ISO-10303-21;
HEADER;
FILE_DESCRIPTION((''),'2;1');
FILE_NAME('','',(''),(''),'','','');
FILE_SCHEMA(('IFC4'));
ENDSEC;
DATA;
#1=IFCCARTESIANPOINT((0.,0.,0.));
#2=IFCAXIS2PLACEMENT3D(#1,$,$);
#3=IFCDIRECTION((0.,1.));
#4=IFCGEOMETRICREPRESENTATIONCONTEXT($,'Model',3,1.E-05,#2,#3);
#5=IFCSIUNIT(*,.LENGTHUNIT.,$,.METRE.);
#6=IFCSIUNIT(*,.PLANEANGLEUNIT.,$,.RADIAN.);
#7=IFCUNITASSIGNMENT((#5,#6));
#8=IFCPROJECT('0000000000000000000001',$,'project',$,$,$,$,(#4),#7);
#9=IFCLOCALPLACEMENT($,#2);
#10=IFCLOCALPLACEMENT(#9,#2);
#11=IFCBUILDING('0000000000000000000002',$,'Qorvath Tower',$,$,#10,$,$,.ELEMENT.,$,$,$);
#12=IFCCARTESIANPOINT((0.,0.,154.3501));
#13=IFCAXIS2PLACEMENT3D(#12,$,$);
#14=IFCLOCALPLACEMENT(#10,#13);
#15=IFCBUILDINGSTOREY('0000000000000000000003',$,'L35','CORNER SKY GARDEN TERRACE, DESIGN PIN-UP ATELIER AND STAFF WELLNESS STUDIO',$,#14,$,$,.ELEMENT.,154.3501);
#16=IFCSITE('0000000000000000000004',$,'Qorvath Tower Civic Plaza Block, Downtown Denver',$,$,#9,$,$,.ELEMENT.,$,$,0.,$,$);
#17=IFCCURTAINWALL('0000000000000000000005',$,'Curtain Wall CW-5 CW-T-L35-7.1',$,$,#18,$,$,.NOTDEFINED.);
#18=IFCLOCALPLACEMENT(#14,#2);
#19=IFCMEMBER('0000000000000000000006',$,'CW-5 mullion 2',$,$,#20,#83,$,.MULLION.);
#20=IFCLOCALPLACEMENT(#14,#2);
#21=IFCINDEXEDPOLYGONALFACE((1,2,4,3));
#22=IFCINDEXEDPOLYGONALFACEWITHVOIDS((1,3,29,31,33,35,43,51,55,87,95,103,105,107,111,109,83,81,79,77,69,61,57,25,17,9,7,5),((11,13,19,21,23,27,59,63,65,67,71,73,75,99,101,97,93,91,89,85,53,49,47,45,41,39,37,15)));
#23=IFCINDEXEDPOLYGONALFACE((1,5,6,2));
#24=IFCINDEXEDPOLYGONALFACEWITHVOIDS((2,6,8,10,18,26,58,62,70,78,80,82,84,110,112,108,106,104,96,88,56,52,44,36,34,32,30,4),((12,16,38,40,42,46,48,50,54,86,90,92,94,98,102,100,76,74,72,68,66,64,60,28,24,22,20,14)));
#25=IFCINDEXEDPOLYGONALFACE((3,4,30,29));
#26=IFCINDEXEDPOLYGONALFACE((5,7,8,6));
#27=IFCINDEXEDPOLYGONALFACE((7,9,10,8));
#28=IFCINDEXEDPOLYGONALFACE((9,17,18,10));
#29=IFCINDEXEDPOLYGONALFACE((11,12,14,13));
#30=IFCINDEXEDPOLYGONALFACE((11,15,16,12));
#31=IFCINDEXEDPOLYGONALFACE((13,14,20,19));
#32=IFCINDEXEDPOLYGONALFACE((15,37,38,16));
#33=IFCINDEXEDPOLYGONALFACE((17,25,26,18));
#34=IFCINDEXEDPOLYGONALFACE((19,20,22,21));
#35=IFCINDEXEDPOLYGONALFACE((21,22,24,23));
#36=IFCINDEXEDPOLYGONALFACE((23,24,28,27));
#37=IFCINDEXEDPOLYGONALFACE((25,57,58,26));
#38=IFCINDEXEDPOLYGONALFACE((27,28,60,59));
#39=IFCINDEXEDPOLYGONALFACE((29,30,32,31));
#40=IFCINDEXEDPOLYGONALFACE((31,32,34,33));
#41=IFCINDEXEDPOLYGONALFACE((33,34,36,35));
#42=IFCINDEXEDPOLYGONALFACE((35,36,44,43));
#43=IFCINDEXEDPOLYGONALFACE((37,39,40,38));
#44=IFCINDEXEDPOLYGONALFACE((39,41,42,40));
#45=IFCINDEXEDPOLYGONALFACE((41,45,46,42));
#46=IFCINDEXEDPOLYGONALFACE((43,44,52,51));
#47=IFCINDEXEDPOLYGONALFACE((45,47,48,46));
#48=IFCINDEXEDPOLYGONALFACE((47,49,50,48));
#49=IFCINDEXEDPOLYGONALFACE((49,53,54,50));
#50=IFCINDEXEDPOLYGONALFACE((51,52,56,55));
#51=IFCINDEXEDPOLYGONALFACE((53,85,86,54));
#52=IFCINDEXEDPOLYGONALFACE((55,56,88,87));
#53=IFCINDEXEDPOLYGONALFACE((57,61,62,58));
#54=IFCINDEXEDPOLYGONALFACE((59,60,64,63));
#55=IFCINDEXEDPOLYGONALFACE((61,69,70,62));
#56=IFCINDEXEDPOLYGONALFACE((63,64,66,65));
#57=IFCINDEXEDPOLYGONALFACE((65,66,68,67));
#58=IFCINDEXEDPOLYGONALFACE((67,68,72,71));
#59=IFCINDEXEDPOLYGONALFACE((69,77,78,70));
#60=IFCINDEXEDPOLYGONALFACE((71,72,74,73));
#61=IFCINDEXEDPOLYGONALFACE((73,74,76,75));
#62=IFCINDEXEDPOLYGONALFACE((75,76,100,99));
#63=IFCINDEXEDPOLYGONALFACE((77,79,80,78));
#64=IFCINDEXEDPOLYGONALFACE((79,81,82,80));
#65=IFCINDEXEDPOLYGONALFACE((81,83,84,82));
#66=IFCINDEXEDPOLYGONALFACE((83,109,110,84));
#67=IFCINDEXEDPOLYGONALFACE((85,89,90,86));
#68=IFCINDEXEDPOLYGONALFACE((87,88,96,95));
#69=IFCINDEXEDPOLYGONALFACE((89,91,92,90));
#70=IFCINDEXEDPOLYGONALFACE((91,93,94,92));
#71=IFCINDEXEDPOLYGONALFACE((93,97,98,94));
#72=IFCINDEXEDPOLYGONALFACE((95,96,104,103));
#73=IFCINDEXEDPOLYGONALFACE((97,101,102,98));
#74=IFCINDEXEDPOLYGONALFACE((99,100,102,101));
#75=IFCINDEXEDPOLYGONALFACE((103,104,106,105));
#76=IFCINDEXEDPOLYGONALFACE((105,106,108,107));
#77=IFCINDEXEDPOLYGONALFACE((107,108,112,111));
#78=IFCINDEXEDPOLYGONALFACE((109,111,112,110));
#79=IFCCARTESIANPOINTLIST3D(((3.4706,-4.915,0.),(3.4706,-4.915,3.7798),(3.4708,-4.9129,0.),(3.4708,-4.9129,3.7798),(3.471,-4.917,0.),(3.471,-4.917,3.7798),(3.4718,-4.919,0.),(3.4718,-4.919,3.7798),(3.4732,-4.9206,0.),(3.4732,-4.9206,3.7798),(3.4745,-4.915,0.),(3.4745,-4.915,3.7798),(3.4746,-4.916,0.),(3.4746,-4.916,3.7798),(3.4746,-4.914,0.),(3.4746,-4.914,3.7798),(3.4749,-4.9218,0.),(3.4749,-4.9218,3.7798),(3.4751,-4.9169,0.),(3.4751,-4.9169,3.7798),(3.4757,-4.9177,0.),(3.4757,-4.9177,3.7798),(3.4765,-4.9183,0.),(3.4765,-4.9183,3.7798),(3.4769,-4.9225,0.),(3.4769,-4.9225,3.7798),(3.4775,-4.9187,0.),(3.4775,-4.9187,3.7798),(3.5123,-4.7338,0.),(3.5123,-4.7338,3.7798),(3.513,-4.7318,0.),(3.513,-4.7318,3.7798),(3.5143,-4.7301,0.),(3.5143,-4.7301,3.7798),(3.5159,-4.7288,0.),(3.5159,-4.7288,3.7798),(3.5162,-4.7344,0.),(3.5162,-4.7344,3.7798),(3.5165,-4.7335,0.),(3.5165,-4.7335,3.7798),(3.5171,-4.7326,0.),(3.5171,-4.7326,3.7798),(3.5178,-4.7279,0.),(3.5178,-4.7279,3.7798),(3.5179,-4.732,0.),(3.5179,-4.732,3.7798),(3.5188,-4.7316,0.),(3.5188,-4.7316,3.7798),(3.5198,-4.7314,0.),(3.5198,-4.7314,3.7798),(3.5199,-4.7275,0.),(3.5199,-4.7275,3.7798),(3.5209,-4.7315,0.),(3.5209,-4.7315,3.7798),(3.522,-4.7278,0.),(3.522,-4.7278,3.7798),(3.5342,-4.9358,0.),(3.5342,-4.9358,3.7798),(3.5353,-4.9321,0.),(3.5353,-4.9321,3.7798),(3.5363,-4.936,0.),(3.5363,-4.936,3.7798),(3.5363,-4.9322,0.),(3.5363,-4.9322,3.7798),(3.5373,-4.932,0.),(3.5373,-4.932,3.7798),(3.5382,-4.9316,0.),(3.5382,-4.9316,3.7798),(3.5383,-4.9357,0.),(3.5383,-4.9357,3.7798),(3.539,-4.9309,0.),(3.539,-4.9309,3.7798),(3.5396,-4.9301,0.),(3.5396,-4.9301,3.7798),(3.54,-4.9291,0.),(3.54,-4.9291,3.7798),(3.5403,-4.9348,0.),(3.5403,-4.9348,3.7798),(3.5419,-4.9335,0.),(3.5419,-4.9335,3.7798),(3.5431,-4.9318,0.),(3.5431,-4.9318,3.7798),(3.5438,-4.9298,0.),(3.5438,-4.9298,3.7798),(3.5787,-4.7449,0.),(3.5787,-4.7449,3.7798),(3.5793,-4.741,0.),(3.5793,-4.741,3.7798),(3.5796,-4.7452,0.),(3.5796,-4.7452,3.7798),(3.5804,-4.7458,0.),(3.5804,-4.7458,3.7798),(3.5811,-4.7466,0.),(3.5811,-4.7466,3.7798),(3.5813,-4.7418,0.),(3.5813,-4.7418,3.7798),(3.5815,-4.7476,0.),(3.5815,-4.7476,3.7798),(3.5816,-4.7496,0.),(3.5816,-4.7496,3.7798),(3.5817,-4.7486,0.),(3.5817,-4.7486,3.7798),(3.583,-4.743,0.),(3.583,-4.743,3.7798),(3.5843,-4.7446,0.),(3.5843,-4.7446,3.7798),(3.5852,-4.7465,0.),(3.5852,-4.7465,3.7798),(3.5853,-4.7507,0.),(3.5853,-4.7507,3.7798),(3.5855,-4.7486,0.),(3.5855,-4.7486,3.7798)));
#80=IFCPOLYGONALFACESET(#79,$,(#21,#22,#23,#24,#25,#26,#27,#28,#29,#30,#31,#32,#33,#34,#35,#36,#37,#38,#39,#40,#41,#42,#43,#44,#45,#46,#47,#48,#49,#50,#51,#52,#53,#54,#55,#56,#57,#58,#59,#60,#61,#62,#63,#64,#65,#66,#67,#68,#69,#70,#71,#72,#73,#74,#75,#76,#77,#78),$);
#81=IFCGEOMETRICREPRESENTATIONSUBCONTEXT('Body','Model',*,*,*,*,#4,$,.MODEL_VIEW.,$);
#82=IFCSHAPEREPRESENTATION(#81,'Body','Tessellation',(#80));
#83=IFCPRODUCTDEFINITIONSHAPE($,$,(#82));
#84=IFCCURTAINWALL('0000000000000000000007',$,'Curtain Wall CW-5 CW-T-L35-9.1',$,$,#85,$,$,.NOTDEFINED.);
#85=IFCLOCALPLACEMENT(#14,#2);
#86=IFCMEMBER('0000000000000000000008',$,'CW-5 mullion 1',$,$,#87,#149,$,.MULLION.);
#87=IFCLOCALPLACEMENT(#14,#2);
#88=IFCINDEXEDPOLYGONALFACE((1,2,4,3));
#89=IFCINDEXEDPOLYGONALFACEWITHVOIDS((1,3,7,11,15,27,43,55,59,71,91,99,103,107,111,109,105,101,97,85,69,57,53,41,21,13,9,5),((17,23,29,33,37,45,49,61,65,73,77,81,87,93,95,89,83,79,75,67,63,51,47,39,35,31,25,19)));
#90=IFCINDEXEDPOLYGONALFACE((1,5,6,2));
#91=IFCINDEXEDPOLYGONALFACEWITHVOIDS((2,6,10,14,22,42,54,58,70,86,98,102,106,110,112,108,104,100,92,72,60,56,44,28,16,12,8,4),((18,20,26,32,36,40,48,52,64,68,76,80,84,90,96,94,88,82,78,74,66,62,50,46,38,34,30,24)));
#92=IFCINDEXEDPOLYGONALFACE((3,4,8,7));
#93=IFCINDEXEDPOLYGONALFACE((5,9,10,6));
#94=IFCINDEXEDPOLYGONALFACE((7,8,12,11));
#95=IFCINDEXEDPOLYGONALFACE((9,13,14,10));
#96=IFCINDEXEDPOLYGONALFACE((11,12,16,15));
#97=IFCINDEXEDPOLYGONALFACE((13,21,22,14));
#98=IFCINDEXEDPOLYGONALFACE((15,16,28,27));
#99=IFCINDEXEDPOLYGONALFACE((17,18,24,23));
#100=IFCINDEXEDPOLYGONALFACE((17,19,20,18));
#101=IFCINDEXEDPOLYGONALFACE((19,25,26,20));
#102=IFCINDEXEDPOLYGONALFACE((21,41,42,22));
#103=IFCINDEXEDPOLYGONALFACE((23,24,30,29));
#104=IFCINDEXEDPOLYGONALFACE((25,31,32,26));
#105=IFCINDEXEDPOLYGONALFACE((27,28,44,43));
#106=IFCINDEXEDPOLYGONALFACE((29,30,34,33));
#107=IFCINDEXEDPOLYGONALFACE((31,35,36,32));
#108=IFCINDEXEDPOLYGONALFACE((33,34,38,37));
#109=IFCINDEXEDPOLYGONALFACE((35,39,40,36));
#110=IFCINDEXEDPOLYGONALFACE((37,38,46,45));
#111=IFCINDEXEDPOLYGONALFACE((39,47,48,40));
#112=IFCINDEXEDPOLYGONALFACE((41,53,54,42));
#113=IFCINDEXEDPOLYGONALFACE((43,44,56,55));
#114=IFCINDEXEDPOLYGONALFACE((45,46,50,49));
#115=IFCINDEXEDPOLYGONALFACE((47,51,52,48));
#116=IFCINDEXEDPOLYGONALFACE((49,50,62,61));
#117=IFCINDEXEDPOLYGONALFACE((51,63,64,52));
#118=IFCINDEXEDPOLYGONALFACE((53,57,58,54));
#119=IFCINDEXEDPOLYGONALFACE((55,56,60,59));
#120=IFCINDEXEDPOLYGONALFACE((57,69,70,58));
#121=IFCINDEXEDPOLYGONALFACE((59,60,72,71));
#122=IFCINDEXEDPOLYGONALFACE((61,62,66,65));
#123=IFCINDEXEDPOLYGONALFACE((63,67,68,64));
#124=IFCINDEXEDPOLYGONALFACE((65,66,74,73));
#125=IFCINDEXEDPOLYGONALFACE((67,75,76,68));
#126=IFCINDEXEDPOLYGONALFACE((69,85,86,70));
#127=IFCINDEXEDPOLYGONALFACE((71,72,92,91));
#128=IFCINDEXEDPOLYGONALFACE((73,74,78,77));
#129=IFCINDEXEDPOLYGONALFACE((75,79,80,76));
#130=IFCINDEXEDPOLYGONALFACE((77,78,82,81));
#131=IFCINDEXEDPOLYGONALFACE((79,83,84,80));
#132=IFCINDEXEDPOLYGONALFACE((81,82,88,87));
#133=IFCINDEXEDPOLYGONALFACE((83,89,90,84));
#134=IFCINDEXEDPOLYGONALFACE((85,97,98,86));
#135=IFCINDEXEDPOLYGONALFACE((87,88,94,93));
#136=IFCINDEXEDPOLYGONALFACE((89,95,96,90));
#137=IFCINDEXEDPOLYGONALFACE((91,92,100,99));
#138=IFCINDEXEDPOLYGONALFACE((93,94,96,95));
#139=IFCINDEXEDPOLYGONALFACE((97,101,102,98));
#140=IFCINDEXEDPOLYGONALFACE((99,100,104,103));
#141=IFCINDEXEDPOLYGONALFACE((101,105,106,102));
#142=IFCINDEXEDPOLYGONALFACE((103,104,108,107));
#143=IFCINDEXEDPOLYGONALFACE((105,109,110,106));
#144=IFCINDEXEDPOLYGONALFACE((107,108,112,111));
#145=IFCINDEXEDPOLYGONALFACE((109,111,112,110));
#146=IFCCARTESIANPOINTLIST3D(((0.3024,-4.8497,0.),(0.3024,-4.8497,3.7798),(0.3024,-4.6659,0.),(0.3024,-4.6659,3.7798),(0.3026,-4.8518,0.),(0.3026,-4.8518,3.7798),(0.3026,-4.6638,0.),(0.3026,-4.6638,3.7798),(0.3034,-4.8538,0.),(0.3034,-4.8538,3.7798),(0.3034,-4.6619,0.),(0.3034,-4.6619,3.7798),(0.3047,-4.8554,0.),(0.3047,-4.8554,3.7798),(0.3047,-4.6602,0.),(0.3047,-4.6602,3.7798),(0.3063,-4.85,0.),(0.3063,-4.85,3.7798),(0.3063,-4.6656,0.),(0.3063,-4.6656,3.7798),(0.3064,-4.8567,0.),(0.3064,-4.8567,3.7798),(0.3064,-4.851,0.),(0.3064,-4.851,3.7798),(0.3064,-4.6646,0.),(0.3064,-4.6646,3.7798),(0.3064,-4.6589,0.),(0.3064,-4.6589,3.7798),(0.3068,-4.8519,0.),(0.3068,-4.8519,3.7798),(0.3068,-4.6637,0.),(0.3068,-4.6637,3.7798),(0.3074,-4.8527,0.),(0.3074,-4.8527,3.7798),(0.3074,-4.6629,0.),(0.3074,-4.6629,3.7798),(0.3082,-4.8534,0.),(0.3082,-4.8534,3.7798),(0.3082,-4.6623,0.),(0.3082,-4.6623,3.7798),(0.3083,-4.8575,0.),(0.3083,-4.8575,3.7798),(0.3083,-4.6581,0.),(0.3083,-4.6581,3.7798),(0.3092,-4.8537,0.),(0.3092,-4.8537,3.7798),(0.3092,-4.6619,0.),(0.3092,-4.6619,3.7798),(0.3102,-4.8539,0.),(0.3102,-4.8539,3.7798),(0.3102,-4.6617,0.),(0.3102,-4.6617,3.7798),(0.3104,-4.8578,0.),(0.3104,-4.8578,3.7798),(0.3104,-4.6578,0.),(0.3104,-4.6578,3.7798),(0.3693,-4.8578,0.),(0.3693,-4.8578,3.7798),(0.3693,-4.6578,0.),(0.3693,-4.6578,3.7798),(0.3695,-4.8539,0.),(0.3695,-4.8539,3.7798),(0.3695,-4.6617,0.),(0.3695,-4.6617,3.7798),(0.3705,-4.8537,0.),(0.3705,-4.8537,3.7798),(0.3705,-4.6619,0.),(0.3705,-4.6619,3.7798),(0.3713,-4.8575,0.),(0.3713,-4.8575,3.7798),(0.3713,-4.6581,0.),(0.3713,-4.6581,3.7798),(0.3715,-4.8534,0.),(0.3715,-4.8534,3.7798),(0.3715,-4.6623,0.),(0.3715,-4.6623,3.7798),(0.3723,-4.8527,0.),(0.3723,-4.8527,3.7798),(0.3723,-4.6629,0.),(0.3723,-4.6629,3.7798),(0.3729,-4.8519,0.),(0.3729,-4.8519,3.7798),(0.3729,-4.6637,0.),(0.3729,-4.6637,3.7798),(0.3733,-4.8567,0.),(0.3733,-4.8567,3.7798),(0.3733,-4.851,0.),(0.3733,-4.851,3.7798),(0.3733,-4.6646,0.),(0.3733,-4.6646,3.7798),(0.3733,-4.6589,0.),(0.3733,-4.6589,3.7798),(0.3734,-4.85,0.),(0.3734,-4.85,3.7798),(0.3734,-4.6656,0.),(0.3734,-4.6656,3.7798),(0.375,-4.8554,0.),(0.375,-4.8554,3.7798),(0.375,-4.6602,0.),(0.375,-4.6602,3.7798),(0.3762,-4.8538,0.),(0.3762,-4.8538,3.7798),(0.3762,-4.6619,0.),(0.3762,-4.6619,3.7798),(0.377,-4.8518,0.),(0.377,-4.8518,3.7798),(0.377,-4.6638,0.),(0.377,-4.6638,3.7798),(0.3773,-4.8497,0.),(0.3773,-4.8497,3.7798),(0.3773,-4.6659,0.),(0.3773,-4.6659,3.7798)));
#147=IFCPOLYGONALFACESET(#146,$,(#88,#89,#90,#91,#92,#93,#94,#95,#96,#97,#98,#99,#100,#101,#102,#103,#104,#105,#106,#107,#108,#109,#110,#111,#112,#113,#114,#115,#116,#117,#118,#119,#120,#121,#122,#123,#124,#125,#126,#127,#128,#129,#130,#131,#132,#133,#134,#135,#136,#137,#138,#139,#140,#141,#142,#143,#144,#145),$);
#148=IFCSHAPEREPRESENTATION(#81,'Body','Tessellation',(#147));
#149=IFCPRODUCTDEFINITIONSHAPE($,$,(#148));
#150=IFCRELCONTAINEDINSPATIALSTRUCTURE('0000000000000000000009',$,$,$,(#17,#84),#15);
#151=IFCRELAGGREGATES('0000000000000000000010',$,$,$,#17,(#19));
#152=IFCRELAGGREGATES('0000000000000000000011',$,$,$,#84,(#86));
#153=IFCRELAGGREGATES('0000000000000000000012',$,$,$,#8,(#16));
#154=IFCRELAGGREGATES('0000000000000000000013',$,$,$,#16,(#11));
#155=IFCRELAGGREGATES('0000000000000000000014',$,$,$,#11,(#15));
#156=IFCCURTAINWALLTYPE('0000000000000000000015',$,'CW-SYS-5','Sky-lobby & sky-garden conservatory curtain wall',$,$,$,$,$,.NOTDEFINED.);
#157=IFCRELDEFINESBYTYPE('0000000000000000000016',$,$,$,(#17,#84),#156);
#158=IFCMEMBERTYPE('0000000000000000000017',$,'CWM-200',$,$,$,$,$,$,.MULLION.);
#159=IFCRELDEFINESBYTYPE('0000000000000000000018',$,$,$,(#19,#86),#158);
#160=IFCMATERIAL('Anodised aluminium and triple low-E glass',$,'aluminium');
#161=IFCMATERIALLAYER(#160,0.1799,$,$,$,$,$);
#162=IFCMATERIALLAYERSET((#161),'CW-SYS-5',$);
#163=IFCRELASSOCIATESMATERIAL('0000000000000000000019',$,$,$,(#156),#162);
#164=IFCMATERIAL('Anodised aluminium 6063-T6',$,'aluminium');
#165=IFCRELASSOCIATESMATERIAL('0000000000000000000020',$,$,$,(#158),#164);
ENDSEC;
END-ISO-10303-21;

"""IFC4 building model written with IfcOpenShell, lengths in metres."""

from ifc_helpers import new_model, si_unit, direction, frame, origin, origin_2d, place, context, subcontext, project, spatial, hollow_rectangle, extrude, material, layer, layer_set, material_profile, profile_set, type_object, element, aggregate, save


model = new_model("IFC4")

# Units and contexts
model_context = context("Model", 3, precision=1e-05, world=origin(), true_north=direction((0.0, 1.0)))
body_context = subcontext(model_context, "Body", "Model", "MODEL_VIEW")
ifc_project = project(units=[si_unit("LENGTHUNIT", "METRE"), si_unit("PLANEANGLEUNIT", "RADIAN")], contexts=[model_context])

# Site, building, storey
site_placement = place(None, origin())
site = spatial("IfcSite", under=ifc_project, at=site_placement, Name="Qorvath Tower Civic Plaza Block, Downtown Denver", CompositionType="ELEMENT", RefElevation=0.0)
building_placement = place(site_placement, origin())
building = spatial("IfcBuilding", under=site, at=building_placement, Name="Qorvath Tower", CompositionType="ELEMENT")
storey_placement = place(building_placement, frame((0.0, 0.0, 154.3501)))
storey = spatial("IfcBuildingStorey", under=building, at=storey_placement, Name="L35", Description="CORNER SKY GARDEN TERRACE, DESIGN PIN-UP ATELIER AND STAFF WELLNESS STUDIO", CompositionType="ELEMENT", Elevation=154.3501)

# Curtain wall, member
ifc_material_1 = material(Name="Anodised aluminium and triple low-E glass", Category="aluminium")
ifc_layer_1 = layer(ifc_material_1, 0.1799)
ifc_layer_set_1 = layer_set([ifc_layer_1], Name="CW-SYS-5")
curtain_wall_type = type_object("IfcCurtainWallType", Name="CW-SYS-5", Description="Sky-lobby & sky-garden conservatory curtain wall", PredefinedType="NOTDEFINED", material=ifc_layer_set_1)
curtain_wall_1_placement = place(storey_placement, origin())
curtain_wall_1 = element("IfcCurtainWall", 1, at=curtain_wall_1_placement, inside=storey, type_object=curtain_wall_type, Name="Curtain Wall CW-5 CW-T-L35-7.1", PredefinedType="NOTDEFINED")
ifc_material_2 = material(Name="Anodised aluminium 6063-T6", Category="aluminium")
ifc_material_profile_1 = material_profile(ifc_material_2, hollow_rectangle(XDim=0.075, YDim=0.2, WallThickness=0.0039, InnerFilletRadius=0.0039, OuterFilletRadius=0.0081, at=origin_2d()), Name="CWM 200x75")
ifc_profile_set_1 = profile_set([ifc_material_profile_1], Name="Anodised aluminium 6063-T6")
member_type_1 = type_object("IfcMemberType", Name="CWM-200", PredefinedType="MULLION", material=ifc_profile_set_1)
member_1_placement = place(storey_placement, frame((3.5281, -4.8318, 0.0), z_axis=(0.0, 0.0, 1.0), x_axis=(-0.974213, 0.225631, 0.0)))
member_1 = element("IfcMember", 2, at=member_1_placement, type_object=member_type_1, Name="CW-5 mullion 2", PredefinedType="MULLION", context=body_context, shape_type="SweptSolid", body=[
    extrude(hollow_rectangle(XDim=0.075, YDim=0.2, WallThickness=0.0039, InnerFilletRadius=0.0039, OuterFilletRadius=0.0081, at=origin_2d()), origin(), (0.0, 0.0, 1.0), 3.7798),
])
aggregate(curtain_wall_1, [member_1])

# Curtain wall, member
curtain_wall_2_placement = place(storey_placement, origin())
curtain_wall_2 = element("IfcCurtainWall", 3, at=curtain_wall_2_placement, inside=storey, type_object=curtain_wall_type, Name="Curtain Wall CW-5 CW-T-L35-9.1", PredefinedType="NOTDEFINED")
member_2_placement = place(storey_placement, frame((0.3398, -4.7578, 0.0), z_axis=(0.0, 0.0, 1.0), x_axis=(-1.0, 0.0, 0.0)))
member_2 = element("IfcMember", 4, at=member_2_placement, type_object=member_type_1, Name="CW-5 mullion 1", PredefinedType="MULLION", context=body_context, shape_type="SweptSolid", body=[
    extrude(hollow_rectangle(XDim=0.075, YDim=0.2, WallThickness=0.0039, InnerFilletRadius=0.0039, OuterFilletRadius=0.0081, at=origin_2d()), origin(), (0.0, 0.0, 1.0), 3.7798),
])
aggregate(curtain_wall_2, [member_2])

save(model, "model.ifc")
